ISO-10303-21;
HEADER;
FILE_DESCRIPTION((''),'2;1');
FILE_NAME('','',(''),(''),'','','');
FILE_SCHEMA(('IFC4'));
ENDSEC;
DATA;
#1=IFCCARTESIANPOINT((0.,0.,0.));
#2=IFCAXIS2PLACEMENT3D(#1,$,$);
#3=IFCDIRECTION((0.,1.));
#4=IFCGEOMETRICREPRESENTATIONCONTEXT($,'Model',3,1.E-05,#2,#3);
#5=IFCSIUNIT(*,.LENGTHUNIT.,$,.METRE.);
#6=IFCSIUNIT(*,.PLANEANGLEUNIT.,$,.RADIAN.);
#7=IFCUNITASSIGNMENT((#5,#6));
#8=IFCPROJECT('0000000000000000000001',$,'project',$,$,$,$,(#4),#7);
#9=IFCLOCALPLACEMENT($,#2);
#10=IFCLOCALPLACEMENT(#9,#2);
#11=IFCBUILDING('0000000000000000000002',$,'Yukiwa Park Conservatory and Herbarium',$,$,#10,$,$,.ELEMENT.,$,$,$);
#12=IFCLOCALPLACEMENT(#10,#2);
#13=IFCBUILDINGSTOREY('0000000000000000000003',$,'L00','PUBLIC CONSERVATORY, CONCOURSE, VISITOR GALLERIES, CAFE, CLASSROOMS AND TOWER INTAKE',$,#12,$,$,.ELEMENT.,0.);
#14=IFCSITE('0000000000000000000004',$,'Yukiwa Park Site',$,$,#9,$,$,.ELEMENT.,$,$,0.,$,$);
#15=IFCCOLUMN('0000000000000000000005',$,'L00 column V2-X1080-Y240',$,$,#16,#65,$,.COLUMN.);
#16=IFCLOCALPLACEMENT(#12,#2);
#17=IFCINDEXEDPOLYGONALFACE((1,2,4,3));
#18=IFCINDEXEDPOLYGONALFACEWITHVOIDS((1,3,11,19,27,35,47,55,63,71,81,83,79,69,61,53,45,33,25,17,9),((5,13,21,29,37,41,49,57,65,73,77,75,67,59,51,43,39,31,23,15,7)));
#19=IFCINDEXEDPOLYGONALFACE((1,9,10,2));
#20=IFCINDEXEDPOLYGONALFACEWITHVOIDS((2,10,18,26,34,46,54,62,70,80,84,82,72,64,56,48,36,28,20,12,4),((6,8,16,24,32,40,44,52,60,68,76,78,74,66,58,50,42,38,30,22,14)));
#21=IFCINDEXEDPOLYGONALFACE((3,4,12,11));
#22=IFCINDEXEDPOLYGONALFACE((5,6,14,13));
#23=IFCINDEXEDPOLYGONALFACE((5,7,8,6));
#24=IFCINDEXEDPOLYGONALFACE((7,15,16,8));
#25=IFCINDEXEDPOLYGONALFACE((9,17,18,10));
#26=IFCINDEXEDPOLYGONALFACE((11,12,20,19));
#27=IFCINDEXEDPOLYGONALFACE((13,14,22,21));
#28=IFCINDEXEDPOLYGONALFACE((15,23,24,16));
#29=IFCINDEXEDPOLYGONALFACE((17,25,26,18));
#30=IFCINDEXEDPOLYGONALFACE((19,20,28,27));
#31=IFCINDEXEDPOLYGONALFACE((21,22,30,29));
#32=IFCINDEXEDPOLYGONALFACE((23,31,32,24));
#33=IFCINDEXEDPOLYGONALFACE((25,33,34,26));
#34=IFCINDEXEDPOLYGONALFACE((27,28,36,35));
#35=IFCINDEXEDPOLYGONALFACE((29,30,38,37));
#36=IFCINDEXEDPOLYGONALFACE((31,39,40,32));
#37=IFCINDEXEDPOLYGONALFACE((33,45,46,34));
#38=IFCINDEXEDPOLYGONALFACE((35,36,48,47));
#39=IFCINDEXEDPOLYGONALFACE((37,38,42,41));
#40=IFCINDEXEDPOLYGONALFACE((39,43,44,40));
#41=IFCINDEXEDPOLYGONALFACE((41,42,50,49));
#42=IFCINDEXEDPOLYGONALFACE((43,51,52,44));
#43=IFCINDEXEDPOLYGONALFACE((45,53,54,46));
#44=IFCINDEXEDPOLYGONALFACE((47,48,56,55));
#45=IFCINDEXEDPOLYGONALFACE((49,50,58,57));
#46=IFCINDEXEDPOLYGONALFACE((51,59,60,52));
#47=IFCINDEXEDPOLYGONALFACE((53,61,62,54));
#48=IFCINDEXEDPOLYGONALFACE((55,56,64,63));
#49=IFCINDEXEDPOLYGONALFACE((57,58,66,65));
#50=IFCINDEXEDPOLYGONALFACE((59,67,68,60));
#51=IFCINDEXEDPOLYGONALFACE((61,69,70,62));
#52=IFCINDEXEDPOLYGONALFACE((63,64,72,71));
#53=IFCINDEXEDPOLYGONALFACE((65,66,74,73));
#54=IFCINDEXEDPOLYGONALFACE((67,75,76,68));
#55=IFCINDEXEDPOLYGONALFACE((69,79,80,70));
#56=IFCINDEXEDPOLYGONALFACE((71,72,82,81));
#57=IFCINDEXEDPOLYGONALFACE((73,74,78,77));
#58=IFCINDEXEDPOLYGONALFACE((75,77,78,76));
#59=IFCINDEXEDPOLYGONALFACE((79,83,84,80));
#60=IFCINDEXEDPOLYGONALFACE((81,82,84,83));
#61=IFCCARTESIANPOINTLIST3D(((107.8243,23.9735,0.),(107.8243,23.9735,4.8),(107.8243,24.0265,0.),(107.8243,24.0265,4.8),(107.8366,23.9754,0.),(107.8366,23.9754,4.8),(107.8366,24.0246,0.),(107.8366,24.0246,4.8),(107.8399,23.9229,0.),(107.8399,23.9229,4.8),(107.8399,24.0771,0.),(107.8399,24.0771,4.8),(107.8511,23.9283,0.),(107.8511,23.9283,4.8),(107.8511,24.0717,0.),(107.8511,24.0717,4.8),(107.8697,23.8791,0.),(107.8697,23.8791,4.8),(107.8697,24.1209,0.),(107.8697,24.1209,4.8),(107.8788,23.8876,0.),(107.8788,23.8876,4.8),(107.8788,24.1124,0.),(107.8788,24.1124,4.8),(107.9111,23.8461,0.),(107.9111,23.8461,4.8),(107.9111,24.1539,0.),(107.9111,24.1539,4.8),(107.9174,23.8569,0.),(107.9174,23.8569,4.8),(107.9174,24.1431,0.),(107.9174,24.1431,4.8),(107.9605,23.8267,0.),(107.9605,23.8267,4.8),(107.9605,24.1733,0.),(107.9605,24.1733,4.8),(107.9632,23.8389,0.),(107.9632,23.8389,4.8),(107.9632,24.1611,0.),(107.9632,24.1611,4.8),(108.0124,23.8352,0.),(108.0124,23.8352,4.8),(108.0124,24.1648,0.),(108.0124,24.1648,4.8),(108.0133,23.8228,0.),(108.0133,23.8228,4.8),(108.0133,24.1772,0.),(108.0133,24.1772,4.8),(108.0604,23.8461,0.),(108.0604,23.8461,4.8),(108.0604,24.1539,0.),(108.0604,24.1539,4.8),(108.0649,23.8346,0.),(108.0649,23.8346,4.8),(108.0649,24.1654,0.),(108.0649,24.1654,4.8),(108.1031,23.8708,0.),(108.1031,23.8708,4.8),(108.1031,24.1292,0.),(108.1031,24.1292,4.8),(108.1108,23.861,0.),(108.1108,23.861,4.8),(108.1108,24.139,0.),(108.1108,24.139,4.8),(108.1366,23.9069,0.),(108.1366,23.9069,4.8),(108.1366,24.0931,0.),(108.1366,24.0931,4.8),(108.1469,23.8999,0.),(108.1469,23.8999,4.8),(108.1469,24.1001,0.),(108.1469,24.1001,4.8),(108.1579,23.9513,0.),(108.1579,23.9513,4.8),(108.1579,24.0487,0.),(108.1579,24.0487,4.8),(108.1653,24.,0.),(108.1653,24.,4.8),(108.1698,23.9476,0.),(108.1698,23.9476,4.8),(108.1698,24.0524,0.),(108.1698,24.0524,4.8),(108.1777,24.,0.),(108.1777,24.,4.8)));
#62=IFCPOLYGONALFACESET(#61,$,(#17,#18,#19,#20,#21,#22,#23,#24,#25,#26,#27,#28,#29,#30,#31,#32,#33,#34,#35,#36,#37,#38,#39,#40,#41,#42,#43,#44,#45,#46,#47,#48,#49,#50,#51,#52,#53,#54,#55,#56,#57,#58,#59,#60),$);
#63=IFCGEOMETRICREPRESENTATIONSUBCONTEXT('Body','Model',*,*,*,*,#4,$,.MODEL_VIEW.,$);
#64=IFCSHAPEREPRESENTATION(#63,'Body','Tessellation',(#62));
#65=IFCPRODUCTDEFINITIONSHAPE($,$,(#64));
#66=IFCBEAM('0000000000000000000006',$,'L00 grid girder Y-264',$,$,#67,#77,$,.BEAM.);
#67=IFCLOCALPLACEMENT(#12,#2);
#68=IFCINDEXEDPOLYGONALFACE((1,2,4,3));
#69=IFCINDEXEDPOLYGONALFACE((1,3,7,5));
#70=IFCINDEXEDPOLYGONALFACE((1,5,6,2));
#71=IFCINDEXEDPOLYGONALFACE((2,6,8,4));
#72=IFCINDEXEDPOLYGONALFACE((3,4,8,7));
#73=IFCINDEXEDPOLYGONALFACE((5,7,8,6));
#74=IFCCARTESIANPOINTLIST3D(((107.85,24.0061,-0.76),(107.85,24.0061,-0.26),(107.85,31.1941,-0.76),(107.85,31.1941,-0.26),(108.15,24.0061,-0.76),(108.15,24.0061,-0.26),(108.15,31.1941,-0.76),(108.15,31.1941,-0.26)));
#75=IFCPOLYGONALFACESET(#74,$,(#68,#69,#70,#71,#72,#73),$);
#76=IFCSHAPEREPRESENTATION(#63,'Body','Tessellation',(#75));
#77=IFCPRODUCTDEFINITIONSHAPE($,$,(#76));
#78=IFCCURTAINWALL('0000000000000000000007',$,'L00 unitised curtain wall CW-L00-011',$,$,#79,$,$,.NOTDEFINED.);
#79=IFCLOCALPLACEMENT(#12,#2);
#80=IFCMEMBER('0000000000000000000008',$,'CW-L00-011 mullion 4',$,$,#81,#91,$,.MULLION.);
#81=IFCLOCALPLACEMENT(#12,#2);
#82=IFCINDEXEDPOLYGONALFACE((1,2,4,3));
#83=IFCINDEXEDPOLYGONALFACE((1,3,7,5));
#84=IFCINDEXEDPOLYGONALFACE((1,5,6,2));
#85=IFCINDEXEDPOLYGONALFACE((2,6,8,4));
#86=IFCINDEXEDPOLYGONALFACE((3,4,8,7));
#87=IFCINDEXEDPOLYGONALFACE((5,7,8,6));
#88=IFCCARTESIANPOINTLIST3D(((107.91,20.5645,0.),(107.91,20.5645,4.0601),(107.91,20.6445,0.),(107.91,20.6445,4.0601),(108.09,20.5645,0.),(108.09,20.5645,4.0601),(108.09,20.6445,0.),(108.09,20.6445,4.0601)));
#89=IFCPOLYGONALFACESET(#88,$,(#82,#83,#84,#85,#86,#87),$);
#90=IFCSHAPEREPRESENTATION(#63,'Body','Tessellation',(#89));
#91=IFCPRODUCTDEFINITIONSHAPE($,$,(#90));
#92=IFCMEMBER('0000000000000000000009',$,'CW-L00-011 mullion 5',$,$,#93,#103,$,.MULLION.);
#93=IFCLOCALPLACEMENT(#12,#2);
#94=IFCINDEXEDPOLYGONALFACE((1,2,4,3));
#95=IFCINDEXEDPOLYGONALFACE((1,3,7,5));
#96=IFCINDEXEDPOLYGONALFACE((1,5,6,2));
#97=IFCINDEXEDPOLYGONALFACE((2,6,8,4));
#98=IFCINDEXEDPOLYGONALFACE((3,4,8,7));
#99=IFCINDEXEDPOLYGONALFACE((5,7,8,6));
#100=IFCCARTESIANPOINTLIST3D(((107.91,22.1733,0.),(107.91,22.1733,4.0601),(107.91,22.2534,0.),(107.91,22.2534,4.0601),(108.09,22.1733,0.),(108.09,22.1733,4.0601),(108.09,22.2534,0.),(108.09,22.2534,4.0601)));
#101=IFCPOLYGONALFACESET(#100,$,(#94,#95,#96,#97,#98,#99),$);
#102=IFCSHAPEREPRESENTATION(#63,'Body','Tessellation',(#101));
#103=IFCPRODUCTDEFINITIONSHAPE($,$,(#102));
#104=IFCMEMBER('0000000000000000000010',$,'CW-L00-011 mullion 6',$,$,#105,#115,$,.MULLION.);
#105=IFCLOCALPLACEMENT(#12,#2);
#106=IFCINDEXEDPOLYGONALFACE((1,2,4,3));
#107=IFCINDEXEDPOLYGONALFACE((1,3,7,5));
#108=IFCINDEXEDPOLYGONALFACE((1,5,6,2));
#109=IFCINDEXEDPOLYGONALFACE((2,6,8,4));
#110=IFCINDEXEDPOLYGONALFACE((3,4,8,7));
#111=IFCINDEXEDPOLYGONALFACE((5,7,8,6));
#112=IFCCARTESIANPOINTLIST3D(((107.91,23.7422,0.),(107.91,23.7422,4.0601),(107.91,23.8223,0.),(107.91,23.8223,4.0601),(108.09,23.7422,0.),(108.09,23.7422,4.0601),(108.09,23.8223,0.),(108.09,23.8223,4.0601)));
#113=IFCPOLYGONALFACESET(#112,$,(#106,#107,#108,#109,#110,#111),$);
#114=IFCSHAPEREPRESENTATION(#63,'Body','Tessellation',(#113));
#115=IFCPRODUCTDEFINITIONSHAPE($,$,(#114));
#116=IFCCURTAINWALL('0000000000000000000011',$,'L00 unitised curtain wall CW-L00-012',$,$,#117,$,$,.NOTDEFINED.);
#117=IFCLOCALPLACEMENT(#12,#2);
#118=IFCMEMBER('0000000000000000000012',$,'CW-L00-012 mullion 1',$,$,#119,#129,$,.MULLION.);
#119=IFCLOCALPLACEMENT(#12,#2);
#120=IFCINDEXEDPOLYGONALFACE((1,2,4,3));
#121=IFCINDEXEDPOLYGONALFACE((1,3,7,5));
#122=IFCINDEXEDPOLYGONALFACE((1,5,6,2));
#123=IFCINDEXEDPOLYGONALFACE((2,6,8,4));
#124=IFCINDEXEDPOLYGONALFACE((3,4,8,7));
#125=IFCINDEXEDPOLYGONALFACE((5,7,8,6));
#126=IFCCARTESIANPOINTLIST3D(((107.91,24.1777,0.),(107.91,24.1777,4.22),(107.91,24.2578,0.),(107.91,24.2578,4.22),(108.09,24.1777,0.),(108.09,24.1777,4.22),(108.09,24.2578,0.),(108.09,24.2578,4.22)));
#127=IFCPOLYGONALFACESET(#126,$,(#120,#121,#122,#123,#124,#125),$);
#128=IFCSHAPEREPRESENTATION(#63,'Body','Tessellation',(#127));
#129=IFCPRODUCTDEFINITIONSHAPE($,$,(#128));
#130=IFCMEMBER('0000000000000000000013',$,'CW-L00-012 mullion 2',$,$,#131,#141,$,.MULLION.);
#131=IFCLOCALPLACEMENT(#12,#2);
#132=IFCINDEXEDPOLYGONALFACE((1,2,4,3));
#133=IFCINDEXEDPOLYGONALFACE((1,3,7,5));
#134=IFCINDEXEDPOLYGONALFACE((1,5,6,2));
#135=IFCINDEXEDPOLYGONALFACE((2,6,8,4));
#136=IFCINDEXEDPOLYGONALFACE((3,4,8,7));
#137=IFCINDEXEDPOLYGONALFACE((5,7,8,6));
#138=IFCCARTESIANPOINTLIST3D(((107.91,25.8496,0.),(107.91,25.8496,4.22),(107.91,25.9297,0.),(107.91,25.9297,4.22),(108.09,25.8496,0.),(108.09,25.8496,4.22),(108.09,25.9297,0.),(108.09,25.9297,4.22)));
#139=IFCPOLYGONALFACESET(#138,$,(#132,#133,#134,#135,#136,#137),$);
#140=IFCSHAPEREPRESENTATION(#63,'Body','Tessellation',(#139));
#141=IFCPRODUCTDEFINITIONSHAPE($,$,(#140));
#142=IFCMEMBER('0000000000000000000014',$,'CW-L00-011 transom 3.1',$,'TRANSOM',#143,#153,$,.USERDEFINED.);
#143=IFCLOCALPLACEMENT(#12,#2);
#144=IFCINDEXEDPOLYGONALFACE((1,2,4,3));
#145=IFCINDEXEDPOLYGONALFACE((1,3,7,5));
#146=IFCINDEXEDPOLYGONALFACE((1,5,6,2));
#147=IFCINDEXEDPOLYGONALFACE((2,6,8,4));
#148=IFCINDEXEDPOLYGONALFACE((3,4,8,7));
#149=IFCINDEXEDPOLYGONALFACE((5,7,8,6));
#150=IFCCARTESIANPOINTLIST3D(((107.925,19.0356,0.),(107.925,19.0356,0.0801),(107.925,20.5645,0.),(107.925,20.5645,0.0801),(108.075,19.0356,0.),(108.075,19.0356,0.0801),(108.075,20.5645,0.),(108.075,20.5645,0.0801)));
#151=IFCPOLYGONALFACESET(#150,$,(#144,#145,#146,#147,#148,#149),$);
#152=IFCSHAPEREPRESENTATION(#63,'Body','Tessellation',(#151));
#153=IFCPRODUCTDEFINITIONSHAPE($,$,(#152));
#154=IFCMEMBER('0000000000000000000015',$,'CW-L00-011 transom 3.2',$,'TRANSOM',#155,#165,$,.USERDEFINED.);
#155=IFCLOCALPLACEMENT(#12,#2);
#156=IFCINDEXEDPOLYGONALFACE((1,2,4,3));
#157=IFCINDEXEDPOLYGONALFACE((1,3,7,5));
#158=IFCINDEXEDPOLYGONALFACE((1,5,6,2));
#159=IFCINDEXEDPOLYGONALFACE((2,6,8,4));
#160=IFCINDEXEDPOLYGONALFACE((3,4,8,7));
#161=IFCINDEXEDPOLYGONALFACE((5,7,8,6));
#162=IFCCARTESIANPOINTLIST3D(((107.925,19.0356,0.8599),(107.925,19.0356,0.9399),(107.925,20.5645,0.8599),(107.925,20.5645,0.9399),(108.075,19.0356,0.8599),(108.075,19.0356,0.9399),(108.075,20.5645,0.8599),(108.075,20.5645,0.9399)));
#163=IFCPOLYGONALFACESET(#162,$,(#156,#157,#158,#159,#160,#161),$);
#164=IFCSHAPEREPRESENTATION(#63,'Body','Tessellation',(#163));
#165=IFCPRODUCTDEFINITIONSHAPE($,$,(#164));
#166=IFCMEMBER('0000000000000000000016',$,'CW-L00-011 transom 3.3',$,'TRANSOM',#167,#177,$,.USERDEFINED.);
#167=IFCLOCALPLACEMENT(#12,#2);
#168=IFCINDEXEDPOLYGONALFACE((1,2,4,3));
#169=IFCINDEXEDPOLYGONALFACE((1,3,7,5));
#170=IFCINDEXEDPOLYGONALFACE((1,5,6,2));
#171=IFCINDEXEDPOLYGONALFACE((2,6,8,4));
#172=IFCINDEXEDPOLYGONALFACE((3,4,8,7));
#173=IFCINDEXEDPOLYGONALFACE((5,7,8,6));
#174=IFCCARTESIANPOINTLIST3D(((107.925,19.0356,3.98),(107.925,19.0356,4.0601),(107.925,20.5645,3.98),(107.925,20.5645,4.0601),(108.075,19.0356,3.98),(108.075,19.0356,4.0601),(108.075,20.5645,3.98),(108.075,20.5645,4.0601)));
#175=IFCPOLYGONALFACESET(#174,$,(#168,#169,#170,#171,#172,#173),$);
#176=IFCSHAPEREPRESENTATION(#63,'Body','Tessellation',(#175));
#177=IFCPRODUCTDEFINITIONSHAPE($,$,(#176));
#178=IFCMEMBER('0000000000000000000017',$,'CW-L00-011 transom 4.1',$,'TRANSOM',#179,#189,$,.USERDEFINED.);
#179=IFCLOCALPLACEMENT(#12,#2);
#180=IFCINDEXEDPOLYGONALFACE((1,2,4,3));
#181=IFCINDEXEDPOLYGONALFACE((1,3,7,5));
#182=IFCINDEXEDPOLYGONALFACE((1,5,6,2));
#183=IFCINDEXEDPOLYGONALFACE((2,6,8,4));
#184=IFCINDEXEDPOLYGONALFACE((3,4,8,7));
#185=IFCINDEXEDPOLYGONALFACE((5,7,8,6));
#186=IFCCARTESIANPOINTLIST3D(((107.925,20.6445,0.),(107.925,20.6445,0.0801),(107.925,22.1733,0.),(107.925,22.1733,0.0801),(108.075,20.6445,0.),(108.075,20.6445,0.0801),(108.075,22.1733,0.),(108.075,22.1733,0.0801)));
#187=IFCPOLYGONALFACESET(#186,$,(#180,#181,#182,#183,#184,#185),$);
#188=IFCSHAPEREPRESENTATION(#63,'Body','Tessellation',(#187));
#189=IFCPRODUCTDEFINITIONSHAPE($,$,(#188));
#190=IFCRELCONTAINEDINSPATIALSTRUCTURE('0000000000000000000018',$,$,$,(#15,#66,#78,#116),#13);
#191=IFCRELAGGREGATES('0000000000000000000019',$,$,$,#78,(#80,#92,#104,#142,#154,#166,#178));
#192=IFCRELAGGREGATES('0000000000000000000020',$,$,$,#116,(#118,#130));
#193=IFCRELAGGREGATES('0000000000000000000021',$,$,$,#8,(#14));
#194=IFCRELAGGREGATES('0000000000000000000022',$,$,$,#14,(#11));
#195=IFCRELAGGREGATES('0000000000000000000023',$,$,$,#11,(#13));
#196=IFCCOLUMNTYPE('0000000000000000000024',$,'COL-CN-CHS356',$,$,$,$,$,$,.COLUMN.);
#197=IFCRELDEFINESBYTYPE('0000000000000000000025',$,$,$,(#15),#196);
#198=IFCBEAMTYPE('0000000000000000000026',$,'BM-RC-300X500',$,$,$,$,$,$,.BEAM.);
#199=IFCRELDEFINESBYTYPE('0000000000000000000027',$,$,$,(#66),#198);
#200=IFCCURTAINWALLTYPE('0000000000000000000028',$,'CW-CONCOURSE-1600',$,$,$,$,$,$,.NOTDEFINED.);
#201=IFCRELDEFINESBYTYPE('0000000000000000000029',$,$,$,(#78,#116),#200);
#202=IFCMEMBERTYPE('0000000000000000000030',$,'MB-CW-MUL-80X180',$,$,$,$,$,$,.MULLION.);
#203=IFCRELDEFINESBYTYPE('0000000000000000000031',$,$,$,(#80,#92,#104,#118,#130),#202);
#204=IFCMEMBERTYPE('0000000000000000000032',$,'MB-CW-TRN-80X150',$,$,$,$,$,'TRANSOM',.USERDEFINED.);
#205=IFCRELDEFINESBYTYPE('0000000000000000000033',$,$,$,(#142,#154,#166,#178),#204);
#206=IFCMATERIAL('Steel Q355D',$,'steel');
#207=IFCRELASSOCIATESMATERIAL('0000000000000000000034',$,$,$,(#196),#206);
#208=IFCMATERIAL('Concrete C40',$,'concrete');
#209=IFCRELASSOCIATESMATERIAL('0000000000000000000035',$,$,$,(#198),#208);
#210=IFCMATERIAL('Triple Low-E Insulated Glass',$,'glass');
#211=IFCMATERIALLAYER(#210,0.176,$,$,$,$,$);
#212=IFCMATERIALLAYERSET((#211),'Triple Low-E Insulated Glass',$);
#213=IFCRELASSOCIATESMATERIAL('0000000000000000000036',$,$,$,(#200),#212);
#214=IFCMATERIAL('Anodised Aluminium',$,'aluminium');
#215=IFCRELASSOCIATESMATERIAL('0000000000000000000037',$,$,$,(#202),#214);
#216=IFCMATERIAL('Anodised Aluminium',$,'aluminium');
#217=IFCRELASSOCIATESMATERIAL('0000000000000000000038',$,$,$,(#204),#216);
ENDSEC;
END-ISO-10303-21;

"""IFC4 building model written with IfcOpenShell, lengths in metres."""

from ifc_helpers import new_model, si_unit, direction, frame, origin, origin_2d, place, context, subcontext, project, spatial, rectangle, hollow_circle, extrude, material, layer, layer_set, material_profile, profile_set, type_object, element, aggregate, save


model = new_model("IFC4")

# Units and contexts
model_context = context("Model", 3, precision=1e-05, world=origin(), true_north=direction((0.0, 1.0)))
body_context = subcontext(model_context, "Body", "Model", "MODEL_VIEW")
ifc_project = project(units=[si_unit("LENGTHUNIT", "METRE"), si_unit("PLANEANGLEUNIT", "RADIAN")], contexts=[model_context])

# Site, building, storey
site_placement = place(None, origin())
site = spatial("IfcSite", under=ifc_project, at=site_placement, Name="Yukiwa Park Site", CompositionType="ELEMENT", RefElevation=0.0)
building_placement = place(site_placement, origin())
building = spatial("IfcBuilding", under=site, at=building_placement, Name="Yukiwa Park Conservatory and Herbarium", CompositionType="ELEMENT")
storey_placement = place(building_placement, origin())
storey = spatial("IfcBuildingStorey", under=building, at=storey_placement, Name="L00", Description="PUBLIC CONSERVATORY, CONCOURSE, VISITOR GALLERIES, CAFE, CLASSROOMS AND TOWER INTAKE", CompositionType="ELEMENT", Elevation=0.0)

# Column
ifc_material_1 = material(Name="Steel Q355D", Category="steel")
ifc_material_profile_1 = material_profile(ifc_material_1, hollow_circle(Radius=0.1777, WallThickness=0.0125, at=origin_2d()), Name="CHS 355.6x12.5")
ifc_profile_set_1 = profile_set([ifc_material_profile_1], Name="Steel Q355D")
column_type = type_object("IfcColumnType", Name="COL-CN-CHS356", PredefinedType="COLUMN", material=ifc_profile_set_1)
column_placement = place(storey_placement, frame((108.0, 24.0, 0.0), z_axis=(0.0, 0.0, 1.0), x_axis=(1.0, 0.0, 0.0)))
element("IfcColumn", 1, at=column_placement, inside=storey, type_object=column_type, Name="L00 column V2-X1080-Y240", PredefinedType="COLUMN", context=body_context, shape_type="SweptSolid", body=[
    extrude(hollow_circle(Radius=0.1777, WallThickness=0.0125, at=origin_2d()), origin(), (0.0, 0.0, 1.0), 4.8),
])

# Beam
ifc_material_2 = material(Name="Concrete C40", Category="concrete")
ifc_material_profile_2 = material_profile(ifc_material_2, rectangle(XDim=0.3, YDim=0.5, at=origin_2d()), Name="RC 300x500")
ifc_profile_set_2 = profile_set([ifc_material_profile_2], Name="Concrete C40")
beam_type = type_object("IfcBeamType", Name="BM-RC-300X500", PredefinedType="BEAM", material=ifc_profile_set_2)
beam_placement = place(storey_placement, frame((108.0, 24.0061, -0.51), z_axis=(0.0, 1.0, 0.0), x_axis=(-1.0, 0.0, 0.0)))
element("IfcBeam", 2, at=beam_placement, inside=storey, type_object=beam_type, Name="L00 grid girder Y-264", PredefinedType="BEAM", context=body_context, shape_type="SweptSolid", body=[
    extrude(rectangle(XDim=0.3, YDim=0.5, at=origin_2d()), origin(), (0.0, 0.0, 1.0), 7.188),
])

# Curtain walls, members
ifc_material_3 = material(Name="Triple Low-E Insulated Glass", Category="glass")
ifc_layer_1 = layer(ifc_material_3, 0.176)
ifc_layer_set_1 = layer_set([ifc_layer_1], Name="Triple Low-E Insulated Glass")
curtain_wall_type = type_object("IfcCurtainWallType", Name="CW-CONCOURSE-1600", PredefinedType="NOTDEFINED", material=ifc_layer_set_1)
curtain_wall_1_placement = place(storey_placement, origin())
curtain_wall_1 = element("IfcCurtainWall", 3, at=curtain_wall_1_placement, inside=storey, type_object=curtain_wall_type, Name="L00 unitised curtain wall CW-L00-011", PredefinedType="NOTDEFINED")
ifc_material_4 = material(Name="Anodised Aluminium", Category="aluminium")
member_type_1 = type_object("IfcMemberType", Name="MB-CW-MUL-80X180", PredefinedType="MULLION", material=ifc_material_4)
member_1_placement = place(storey_placement, frame((108.0, 20.6045, 0.0), z_axis=(0.0, 0.0, 1.0), x_axis=(0.0, 1.0, 0.0)))
member_1 = element("IfcMember", 4, at=member_1_placement, type_object=member_type_1, Name="CW-L00-011 mullion 4", PredefinedType="MULLION", context=body_context, shape_type="SweptSolid", body=[
    extrude(rectangle(XDim=0.0801, YDim=0.1799, at=origin_2d()), origin(), (0.0, 0.0, 1.0), 4.0601),
])
member_2_placement = place(storey_placement, frame((108.0, 22.2134, 0.0), z_axis=(0.0, 0.0, 1.0), x_axis=(0.0, 1.0, 0.0)))
member_2 = element("IfcMember", 5, at=member_2_placement, type_object=member_type_1, Name="CW-L00-011 mullion 5", PredefinedType="MULLION", context=body_context, shape_type="SweptSolid", body=[
    extrude(rectangle(XDim=0.0801, YDim=0.1799, at=origin_2d()), origin(), (0.0, 0.0, 1.0), 4.0601),
])
member_3_placement = place(storey_placement, frame((108.0, 23.7822, 0.0), z_axis=(0.0, 0.0, 1.0), x_axis=(0.0, 1.0, 0.0)))
member_3 = element("IfcMember", 6, at=member_3_placement, type_object=member_type_1, Name="CW-L00-011 mullion 6", PredefinedType="MULLION", context=body_context, shape_type="SweptSolid", body=[
    extrude(rectangle(XDim=0.0801, YDim=0.1799, at=origin_2d()), origin(), (0.0, 0.0, 1.0), 4.0601),
])
curtain_wall_2_placement = place(storey_placement, origin())
curtain_wall_2 = element("IfcCurtainWall", 7, at=curtain_wall_2_placement, inside=storey, type_object=curtain_wall_type, Name="L00 unitised curtain wall CW-L00-012", PredefinedType="NOTDEFINED")
member_4_placement = place(storey_placement, frame((108.0, 24.2178, 0.0), z_axis=(0.0, 0.0, 1.0), x_axis=(0.0, 1.0, 0.0)))
member_4 = element("IfcMember", 8, at=member_4_placement, type_object=member_type_1, Name="CW-L00-012 mullion 1", PredefinedType="MULLION", context=body_context, shape_type="SweptSolid", body=[
    extrude(rectangle(XDim=0.0801, YDim=0.1799, at=origin_2d()), origin(), (0.0, 0.0, 1.0), 4.22),
])
member_5_placement = place(storey_placement, frame((108.0, 25.8896, 0.0), z_axis=(0.0, 0.0, 1.0), x_axis=(0.0, 1.0, 0.0)))
member_5 = element("IfcMember", 9, at=member_5_placement, type_object=member_type_1, Name="CW-L00-012 mullion 2", PredefinedType="MULLION", context=body_context, shape_type="SweptSolid", body=[
    extrude(rectangle(XDim=0.0801, YDim=0.1799, at=origin_2d()), origin(), (0.0, 0.0, 1.0), 4.22),
])

# Members
ifc_material_5 = material(Name="Anodised Aluminium", Category="aluminium")
member_type_2 = type_object("IfcMemberType", Name="MB-CW-TRN-80X150", ElementType="TRANSOM", PredefinedType="USERDEFINED", material=ifc_material_5)
member_6_placement = place(storey_placement, frame((108.0, 19.8, 0.0), z_axis=(0.0, 0.0, 1.0), x_axis=(0.0, 1.0, 0.0)))
member_6 = element("IfcMember", 10, at=member_6_placement, type_object=member_type_2, Name="CW-L00-011 transom 3.1", ObjectType="TRANSOM", PredefinedType="USERDEFINED", context=body_context, shape_type="SweptSolid", body=[
    extrude(rectangle(XDim=1.5288, YDim=0.1499, at=origin_2d()), origin(), (0.0, 0.0, 1.0), 0.0801),
])
member_7_placement = place(storey_placement, frame((108.0, 19.8, 0.8599), z_axis=(0.0, 0.0, 1.0), x_axis=(0.0, 1.0, 0.0)))
member_7 = element("IfcMember", 11, at=member_7_placement, type_object=member_type_2, Name="CW-L00-011 transom 3.2", ObjectType="TRANSOM", PredefinedType="USERDEFINED", context=body_context, shape_type="SweptSolid", body=[
    extrude(rectangle(XDim=1.5288, YDim=0.1499, at=origin_2d()), origin(), (0.0, 0.0, 1.0), 0.0801),
])
member_8_placement = place(storey_placement, frame((108.0, 19.8, 3.98), z_axis=(0.0, 0.0, 1.0), x_axis=(0.0, 1.0, 0.0)))
member_8 = element("IfcMember", 12, at=member_8_placement, type_object=member_type_2, Name="CW-L00-011 transom 3.3", ObjectType="TRANSOM", PredefinedType="USERDEFINED", context=body_context, shape_type="SweptSolid", body=[
    extrude(rectangle(XDim=1.5288, YDim=0.1499, at=origin_2d()), origin(), (0.0, 0.0, 1.0), 0.0801),
])
member_9_placement = place(storey_placement, frame((108.0, 21.4089, 0.0), z_axis=(0.0, 0.0, 1.0), x_axis=(0.0, 1.0, 0.0)))
member_9 = element("IfcMember", 13, at=member_9_placement, type_object=member_type_2, Name="CW-L00-011 transom 4.1", ObjectType="TRANSOM", PredefinedType="USERDEFINED", context=body_context, shape_type="SweptSolid", body=[
    extrude(rectangle(XDim=1.5288, YDim=0.1499, at=origin_2d()), origin(), (0.0, 0.0, 1.0), 0.0801),
])

aggregate(curtain_wall_1, [member_1, member_2, member_3, member_6, member_7, member_8, member_9])
aggregate(curtain_wall_2, [member_4, member_5])

save(model, "model.ifc")
